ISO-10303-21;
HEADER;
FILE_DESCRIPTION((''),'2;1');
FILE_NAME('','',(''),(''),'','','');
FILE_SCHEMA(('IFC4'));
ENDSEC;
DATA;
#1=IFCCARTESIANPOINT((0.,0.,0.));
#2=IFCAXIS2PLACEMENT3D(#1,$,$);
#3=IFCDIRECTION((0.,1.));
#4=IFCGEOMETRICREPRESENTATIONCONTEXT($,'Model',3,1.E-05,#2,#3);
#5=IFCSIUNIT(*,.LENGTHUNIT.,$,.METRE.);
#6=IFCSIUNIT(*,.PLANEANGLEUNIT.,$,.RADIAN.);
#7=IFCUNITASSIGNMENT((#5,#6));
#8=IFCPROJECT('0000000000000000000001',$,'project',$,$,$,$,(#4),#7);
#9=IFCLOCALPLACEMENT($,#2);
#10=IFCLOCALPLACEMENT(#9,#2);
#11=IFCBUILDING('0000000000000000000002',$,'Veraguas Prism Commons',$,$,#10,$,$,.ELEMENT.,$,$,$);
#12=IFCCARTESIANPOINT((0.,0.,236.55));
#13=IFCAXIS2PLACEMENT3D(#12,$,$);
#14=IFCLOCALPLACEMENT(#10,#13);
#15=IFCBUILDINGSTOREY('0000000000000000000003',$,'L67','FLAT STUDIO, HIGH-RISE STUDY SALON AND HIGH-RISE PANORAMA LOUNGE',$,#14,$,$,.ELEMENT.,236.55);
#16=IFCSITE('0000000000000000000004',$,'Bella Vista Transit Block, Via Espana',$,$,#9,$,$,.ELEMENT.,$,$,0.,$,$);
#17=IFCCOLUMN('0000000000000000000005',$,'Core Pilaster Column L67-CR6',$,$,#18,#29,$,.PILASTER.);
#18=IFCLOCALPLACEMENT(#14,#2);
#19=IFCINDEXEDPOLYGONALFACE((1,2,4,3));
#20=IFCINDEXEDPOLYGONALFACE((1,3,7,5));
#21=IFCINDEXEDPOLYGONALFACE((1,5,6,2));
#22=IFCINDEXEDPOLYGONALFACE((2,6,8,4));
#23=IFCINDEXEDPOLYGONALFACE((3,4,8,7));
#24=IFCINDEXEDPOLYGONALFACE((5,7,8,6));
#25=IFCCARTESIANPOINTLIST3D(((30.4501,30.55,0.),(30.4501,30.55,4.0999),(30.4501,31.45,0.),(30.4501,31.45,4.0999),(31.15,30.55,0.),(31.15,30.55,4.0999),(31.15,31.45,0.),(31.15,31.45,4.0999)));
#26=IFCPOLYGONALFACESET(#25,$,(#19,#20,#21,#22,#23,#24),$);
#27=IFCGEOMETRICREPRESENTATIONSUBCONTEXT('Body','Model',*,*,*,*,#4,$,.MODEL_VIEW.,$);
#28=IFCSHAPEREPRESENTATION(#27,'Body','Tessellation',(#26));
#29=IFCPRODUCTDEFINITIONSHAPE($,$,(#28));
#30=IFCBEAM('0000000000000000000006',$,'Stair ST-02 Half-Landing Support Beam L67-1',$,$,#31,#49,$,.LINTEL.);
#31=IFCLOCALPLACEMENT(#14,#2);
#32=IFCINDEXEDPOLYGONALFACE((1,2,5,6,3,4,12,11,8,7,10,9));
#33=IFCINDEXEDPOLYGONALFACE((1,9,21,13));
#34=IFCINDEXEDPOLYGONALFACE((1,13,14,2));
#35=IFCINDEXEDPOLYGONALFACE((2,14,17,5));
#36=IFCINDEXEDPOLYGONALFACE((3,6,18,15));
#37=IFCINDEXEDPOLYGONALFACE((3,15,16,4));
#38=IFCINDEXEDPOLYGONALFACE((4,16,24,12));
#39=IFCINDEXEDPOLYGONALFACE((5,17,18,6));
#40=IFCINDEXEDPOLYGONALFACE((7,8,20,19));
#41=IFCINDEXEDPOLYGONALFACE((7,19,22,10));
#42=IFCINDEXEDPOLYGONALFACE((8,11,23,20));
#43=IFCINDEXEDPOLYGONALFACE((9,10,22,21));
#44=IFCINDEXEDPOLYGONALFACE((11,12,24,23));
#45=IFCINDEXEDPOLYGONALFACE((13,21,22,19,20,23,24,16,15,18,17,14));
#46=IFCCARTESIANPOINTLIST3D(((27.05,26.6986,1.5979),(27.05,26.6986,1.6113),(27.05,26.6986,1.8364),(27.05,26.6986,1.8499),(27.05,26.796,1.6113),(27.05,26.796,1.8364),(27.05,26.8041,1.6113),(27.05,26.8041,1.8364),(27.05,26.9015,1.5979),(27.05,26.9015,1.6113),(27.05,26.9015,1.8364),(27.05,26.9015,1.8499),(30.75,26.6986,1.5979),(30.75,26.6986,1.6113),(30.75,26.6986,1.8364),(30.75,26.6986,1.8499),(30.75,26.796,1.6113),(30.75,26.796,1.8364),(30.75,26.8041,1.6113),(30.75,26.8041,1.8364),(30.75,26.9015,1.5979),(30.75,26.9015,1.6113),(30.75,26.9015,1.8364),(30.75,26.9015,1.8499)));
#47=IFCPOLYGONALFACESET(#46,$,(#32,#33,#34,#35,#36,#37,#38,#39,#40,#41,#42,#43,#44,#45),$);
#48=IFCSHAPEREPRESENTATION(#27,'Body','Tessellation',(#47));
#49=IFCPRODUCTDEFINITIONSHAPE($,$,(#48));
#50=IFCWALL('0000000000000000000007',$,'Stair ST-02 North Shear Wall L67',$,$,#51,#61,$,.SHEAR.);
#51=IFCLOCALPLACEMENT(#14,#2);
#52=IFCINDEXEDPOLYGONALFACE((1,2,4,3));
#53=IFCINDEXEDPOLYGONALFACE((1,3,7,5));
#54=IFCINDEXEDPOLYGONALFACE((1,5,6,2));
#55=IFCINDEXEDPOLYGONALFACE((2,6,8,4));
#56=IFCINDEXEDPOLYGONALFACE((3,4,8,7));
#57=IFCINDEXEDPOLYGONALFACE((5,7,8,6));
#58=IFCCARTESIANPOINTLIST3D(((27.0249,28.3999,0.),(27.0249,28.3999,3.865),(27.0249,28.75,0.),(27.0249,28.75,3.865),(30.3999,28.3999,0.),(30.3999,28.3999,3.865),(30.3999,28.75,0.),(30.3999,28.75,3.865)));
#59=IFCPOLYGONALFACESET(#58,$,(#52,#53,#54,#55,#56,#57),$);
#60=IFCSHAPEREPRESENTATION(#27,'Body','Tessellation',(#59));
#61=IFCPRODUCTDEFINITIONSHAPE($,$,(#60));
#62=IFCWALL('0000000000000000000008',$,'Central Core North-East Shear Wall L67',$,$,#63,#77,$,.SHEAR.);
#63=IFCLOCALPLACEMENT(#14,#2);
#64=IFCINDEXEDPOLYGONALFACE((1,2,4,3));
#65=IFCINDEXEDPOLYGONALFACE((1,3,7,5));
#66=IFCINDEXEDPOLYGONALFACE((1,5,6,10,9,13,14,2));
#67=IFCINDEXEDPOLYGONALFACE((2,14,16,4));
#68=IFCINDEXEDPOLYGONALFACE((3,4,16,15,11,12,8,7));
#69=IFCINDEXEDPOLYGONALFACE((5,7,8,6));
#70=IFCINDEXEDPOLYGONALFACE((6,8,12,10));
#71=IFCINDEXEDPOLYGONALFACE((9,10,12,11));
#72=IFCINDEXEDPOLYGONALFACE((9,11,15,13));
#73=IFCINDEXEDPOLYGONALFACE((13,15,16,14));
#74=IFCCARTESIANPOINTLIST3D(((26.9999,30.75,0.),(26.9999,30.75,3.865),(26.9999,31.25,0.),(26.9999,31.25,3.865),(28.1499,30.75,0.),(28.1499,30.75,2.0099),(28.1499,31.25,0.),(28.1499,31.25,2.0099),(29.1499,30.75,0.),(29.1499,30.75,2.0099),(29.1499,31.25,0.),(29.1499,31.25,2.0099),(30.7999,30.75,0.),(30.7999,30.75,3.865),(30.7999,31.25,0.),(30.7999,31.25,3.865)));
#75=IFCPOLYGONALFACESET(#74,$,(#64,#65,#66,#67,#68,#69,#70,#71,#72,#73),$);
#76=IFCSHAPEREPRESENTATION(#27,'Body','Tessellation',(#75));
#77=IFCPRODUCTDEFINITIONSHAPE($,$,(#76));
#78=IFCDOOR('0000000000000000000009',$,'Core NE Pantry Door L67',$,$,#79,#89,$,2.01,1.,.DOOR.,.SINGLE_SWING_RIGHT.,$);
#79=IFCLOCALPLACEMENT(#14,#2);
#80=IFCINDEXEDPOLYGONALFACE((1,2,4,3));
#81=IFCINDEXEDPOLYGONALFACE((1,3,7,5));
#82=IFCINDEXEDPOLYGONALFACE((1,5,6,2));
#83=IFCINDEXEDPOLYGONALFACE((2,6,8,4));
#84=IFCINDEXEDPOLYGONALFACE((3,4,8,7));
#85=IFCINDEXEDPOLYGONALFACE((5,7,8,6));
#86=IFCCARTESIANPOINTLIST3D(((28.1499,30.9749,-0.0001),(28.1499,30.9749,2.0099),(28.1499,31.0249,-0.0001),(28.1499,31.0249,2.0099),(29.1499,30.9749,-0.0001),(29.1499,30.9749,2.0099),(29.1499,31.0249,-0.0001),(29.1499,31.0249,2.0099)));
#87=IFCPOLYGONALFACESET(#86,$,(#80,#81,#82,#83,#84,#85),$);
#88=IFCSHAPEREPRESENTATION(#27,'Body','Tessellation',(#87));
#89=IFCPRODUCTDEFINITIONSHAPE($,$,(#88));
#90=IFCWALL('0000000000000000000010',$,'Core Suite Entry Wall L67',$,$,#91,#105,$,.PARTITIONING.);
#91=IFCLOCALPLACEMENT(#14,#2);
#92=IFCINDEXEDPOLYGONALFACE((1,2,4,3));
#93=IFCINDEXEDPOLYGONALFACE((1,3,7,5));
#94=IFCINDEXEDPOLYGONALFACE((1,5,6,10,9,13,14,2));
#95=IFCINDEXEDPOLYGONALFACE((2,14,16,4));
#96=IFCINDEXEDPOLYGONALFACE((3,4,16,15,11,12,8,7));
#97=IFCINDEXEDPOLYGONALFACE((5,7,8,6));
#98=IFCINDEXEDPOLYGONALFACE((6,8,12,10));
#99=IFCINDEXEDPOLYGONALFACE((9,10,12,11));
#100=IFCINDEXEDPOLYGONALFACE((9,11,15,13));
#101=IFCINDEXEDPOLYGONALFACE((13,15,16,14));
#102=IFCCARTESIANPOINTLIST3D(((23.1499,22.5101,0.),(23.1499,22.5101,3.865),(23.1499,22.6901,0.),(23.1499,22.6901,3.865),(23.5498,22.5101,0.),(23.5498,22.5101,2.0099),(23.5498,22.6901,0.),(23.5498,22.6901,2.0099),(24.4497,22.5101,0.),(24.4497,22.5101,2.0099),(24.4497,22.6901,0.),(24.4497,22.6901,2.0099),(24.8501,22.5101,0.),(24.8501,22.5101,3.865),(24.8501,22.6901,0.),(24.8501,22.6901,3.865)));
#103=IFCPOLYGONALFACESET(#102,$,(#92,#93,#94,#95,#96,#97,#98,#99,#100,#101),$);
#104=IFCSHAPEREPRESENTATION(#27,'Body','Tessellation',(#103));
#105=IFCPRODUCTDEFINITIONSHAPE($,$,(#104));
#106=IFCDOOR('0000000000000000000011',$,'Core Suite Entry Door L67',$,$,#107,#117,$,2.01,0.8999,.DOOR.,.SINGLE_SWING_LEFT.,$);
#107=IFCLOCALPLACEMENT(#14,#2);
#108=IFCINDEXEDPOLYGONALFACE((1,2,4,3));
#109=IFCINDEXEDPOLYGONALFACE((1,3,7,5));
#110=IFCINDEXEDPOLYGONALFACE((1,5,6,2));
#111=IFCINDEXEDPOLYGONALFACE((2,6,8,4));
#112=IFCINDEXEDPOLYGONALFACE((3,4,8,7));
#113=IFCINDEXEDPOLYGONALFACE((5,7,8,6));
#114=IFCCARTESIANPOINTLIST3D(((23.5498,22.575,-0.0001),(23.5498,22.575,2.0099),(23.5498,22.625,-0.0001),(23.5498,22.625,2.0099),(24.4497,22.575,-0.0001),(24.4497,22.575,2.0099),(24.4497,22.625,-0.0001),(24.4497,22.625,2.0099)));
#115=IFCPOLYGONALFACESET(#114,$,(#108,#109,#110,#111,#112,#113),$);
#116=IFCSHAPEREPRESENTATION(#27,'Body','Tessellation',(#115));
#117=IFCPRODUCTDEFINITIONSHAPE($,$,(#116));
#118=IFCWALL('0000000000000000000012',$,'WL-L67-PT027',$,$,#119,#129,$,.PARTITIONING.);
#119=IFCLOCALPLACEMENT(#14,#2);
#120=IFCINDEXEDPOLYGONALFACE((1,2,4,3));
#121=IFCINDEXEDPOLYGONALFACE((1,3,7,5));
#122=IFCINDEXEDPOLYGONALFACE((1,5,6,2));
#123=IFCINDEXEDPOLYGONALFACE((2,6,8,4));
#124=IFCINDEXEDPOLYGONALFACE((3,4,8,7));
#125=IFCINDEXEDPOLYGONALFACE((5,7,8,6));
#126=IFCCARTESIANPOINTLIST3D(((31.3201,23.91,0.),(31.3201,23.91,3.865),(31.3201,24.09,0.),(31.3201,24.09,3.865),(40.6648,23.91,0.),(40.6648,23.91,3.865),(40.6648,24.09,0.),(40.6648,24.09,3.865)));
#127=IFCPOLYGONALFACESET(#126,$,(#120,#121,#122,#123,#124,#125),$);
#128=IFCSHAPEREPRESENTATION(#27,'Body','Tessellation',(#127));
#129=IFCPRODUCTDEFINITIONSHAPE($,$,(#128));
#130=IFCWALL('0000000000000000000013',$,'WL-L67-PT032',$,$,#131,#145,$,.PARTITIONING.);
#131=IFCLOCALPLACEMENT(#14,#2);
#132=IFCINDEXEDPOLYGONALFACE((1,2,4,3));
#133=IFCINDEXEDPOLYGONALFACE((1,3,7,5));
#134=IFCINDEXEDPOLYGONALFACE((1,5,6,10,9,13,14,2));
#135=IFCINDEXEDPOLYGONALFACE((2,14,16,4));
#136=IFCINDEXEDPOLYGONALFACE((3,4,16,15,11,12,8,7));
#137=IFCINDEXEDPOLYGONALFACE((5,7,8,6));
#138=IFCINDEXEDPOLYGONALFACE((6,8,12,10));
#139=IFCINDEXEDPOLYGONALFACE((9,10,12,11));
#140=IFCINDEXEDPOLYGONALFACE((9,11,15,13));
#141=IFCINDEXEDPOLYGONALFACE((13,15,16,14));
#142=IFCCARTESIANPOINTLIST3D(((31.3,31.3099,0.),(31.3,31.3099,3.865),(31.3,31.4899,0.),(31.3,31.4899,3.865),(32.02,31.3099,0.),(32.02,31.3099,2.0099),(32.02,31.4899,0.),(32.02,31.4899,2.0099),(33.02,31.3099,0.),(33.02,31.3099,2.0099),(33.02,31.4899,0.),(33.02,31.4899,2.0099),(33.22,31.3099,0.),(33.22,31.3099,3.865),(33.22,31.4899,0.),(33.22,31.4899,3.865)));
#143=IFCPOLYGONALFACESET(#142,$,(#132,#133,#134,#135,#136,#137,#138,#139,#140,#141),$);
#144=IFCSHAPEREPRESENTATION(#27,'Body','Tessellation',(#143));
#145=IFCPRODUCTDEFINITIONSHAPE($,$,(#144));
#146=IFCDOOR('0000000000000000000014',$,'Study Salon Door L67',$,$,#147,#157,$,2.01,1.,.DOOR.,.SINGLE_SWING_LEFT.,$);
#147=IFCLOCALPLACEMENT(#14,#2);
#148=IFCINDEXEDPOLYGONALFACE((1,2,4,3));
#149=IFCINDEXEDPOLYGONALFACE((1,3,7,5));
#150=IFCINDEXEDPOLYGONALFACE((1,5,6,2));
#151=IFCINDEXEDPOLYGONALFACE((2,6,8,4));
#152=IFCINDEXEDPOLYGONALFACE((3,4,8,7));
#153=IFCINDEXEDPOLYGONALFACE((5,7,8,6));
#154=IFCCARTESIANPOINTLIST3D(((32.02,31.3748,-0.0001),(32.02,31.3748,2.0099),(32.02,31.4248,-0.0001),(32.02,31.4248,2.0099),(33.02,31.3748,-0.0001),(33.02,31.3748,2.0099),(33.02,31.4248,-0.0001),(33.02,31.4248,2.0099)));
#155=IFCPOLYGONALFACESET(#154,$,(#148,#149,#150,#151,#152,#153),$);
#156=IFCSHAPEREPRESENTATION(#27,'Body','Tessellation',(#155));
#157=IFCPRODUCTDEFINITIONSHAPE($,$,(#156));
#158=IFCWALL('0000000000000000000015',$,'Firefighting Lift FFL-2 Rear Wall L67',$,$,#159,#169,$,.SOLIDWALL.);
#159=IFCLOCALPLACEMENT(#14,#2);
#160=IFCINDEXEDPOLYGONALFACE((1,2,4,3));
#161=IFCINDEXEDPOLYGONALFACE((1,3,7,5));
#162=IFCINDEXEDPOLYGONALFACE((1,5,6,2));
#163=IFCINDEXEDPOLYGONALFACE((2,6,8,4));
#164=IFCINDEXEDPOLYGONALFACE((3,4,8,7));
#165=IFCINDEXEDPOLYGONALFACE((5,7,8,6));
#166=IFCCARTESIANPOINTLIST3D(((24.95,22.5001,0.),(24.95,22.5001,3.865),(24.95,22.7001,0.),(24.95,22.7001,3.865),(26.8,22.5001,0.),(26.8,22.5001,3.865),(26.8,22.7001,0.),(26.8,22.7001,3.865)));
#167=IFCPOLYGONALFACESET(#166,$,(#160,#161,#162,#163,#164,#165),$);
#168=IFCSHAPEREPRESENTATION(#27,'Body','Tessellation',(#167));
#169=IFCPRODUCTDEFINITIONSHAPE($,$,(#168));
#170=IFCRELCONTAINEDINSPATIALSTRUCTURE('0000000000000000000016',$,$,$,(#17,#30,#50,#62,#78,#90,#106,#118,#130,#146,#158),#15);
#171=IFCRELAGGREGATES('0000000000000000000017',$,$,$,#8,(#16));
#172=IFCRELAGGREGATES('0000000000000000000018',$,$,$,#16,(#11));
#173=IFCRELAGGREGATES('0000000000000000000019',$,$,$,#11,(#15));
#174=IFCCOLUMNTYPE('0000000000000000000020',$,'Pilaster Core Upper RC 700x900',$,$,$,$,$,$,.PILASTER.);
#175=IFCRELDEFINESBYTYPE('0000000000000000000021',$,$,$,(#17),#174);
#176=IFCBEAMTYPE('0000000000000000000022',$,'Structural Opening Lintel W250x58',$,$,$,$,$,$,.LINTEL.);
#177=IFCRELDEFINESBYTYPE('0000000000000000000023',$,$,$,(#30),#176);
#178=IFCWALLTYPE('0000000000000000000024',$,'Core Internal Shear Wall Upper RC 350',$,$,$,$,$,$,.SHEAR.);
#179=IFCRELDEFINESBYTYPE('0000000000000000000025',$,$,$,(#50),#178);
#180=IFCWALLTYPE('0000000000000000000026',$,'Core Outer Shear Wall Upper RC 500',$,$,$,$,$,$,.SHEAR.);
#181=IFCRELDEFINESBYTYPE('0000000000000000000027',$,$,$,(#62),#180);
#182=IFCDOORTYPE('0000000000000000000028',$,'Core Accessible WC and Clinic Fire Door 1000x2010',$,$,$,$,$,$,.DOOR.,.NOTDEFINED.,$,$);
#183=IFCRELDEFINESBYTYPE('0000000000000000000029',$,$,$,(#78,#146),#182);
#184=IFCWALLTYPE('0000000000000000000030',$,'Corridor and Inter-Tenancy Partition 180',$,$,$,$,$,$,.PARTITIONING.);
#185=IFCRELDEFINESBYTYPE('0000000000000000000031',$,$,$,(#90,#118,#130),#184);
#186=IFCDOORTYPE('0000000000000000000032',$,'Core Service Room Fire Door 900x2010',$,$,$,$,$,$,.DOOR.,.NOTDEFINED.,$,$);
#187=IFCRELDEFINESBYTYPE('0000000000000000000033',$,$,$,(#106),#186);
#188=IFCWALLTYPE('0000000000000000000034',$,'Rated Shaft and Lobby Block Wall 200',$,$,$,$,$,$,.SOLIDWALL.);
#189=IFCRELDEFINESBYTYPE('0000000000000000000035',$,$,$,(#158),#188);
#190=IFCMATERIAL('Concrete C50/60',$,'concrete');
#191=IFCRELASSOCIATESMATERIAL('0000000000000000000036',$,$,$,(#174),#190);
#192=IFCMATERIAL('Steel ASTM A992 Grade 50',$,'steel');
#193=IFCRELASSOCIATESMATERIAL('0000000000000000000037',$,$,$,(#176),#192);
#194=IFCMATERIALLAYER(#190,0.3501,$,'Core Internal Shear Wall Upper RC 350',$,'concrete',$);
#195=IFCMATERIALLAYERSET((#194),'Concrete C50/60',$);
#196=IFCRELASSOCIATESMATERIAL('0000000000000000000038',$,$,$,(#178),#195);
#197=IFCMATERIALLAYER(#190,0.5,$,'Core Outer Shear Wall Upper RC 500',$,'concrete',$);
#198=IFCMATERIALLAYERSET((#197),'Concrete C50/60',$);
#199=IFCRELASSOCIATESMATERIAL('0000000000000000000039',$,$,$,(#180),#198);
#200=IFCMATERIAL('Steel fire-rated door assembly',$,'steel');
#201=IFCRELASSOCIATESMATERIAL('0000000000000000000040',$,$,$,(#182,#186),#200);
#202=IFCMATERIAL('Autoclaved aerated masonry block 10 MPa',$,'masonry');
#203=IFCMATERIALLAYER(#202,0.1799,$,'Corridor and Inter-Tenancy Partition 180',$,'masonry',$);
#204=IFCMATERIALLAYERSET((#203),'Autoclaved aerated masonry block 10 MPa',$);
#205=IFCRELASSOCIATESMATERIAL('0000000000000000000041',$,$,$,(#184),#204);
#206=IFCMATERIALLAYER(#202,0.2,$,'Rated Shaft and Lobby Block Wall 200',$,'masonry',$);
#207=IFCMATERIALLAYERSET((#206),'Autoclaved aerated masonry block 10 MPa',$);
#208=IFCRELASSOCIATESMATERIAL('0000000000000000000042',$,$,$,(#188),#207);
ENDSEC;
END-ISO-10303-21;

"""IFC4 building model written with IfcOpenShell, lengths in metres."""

from ifc_helpers import new_model, si_unit, direction, frame, frame_2d, origin, origin_2d, place, context, subcontext, project, spatial, rectangle, i_section, extrude, source, transform, mapped, material, layer, layer_set, material_profile, profile_set, type_object, element, fill, save


model = new_model("IFC4")

# Units and contexts
model_context = context("Model", 3, precision=1e-05, world=origin(), true_north=direction((0.0, 1.0)))
body_context = subcontext(model_context, "Body", "Model", "MODEL_VIEW")
ifc_project = project(units=[si_unit("LENGTHUNIT", "METRE"), si_unit("PLANEANGLEUNIT", "RADIAN")], contexts=[model_context])

# Site, building, storey
site_placement = place(None, origin())
site = spatial("IfcSite", under=ifc_project, at=site_placement, Name="Bella Vista Transit Block, Via Espana", CompositionType="ELEMENT", RefElevation=0.0)
building_placement = place(site_placement, origin())
building = spatial("IfcBuilding", under=site, at=building_placement, Name="Veraguas Prism Commons", CompositionType="ELEMENT")
storey_placement = place(building_placement, frame((0.0, 0.0, 236.55)))
storey = spatial("IfcBuildingStorey", under=building, at=storey_placement, Name="L67", Description="FLAT STUDIO, HIGH-RISE STUDY SALON AND HIGH-RISE PANORAMA LOUNGE", CompositionType="ELEMENT", Elevation=236.55)

# Column
ifc_material_1 = material(Name="Concrete C50/60", Category="concrete")
ifc_material_profile_1 = material_profile(ifc_material_1, rectangle(XDim=0.7, YDim=0.8999, at=origin_2d()), Name="RC700X900")
ifc_profile_set_1 = profile_set([ifc_material_profile_1], Name="Concrete C50/60")
column_type = type_object("IfcColumnType", Name="Pilaster Core Upper RC 700x900", PredefinedType="PILASTER", material=ifc_profile_set_1)
column_placement = place(storey_placement, frame((30.8, 31.0, 0.0), z_axis=(0.0, 0.0, 1.0), x_axis=(1.0, 0.0, 0.0)))
element("IfcColumn", 1, at=column_placement, inside=storey, type_object=column_type, Name="Core Pilaster Column L67-CR6", PredefinedType="PILASTER", context=body_context, shape_type="SweptSolid", body=[
    extrude(rectangle(XDim=0.7, YDim=0.8999, at=origin_2d()), origin(), (0.0, 0.0, 1.0), 4.0999),
])

# Beam
ifc_material_2 = material(Name="Steel ASTM A992 Grade 50", Category="steel")
ifc_material_profile_2 = material_profile(ifc_material_2, i_section(OverallWidth=0.2029, OverallDepth=0.252, WebThickness=0.0081, FlangeThickness=0.0134, at=origin_2d()), Name="W250X58")
ifc_profile_set_2 = profile_set([ifc_material_profile_2], Name="Steel ASTM A992 Grade 50")
beam_type = type_object("IfcBeamType", Name="Structural Opening Lintel W250x58", PredefinedType="LINTEL", material=ifc_profile_set_2)
beam_placement = place(storey_placement, frame((27.05, 26.8, 1.7239), z_axis=(1.0, 0.0, 0.0), x_axis=(0.0, 1.0, 0.0)))
element("IfcBeam", 2, at=beam_placement, inside=storey, type_object=beam_type, Name="Stair ST-02 Half-Landing Support Beam L67-1", PredefinedType="LINTEL", context=body_context, shape_type="SweptSolid", body=[
    extrude(i_section(OverallWidth=0.2029, OverallDepth=0.252, WebThickness=0.0081, FlangeThickness=0.0134, at=origin_2d()), origin(), (0.0, 0.0, 1.0), 3.7),
])

# Wall
ifc_layer_1 = layer(ifc_material_1, 0.3501, Name="Core Internal Shear Wall Upper RC 350", Category="concrete")
ifc_layer_set_1 = layer_set([ifc_layer_1], Name="Concrete C50/60")
wall_type_1 = type_object("IfcWallType", Name="Core Internal Shear Wall Upper RC 350", PredefinedType="SHEAR", material=ifc_layer_set_1)
wall_1_placement = place(storey_placement, frame((27.0249, 28.575, 0.0), z_axis=(0.0, 0.0, 1.0), x_axis=(1.0, 0.0, 0.0)))
element("IfcWall", 3, at=wall_1_placement, inside=storey, type_object=wall_type_1, Name="Stair ST-02 North Shear Wall L67", PredefinedType="SHEAR", context=body_context, shape_type="SweptSolid", body=[
    extrude(rectangle(XDim=3.375, YDim=0.3501, at=frame_2d((1.6875, 0.0))), origin(), (0.0, 0.0, 1.0), 3.865),
])

# Walls, openings, doors
ifc_layer_2 = layer(ifc_material_1, 0.5, Name="Core Outer Shear Wall Upper RC 500", Category="concrete")
ifc_layer_set_2 = layer_set([ifc_layer_2], Name="Concrete C50/60")
wall_type_2 = type_object("IfcWallType", Name="Core Outer Shear Wall Upper RC 500", PredefinedType="SHEAR", material=ifc_layer_set_2)
wall_2_placement = place(storey_placement, frame((27.0, 31.0, 0.0), z_axis=(0.0, 0.0, 1.0), x_axis=(1.0, 0.0, 0.0)))
wall_2 = element("IfcWall", 4, at=wall_2_placement, inside=storey, type_object=wall_type_2, Name="Central Core North-East Shear Wall L67", PredefinedType="SHEAR", context=body_context, shape_type="SweptSolid", body=[
    extrude(rectangle(XDim=3.8, YDim=0.5, at=frame_2d((1.8999, 0.0))), origin(), (0.0, 0.0, 1.0), 3.865),
])
opening_1_placement = place(wall_2_placement, frame((1.1499, 0.0, 0.0)))
opening_1 = element("IfcOpeningElement", 5, at=opening_1_placement, cuts=wall_2, PredefinedType="OPENING", context=body_context, shape_type="SweptSolid", body=[
    extrude(rectangle(XDim=1.0, YDim=2.01, at=frame_2d((0.5, 1.0049))), frame((0.0, 0.26, 0.0), z_axis=(0.0, -1.0, 0.0), x_axis=(1.0, 0.0, 0.0)), (0.0, 0.0, 1.0), 0.52),
])
ifc_material_3 = material(Name="Steel fire-rated door assembly", Category="steel")
door_type_1 = type_object("IfcDoorType", Name="Core Accessible WC and Clinic Fire Door 1000x2010", OperationType="NOTDEFINED", PredefinedType="DOOR", material=ifc_material_3)
shared_shape_1 = source(origin(), body_context, "Body", "SweptSolid", [
    extrude(rectangle(XDim=1.0, YDim=2.01, at=frame_2d((0.5, 1.0049))), frame((0.0, 0.0249, 0.0), z_axis=(0.0, -1.0, 0.0), x_axis=(1.0, 0.0, 0.0)), (0.0, 0.0, 1.0), 0.05),
])
door_1_placement = place(opening_1_placement, origin())
door_1 = element("IfcDoor", 6, at=door_1_placement, inside=storey, type_object=door_type_1, Name="Core NE Pantry Door L67", OperationType="SINGLE_SWING_RIGHT", OverallHeight=2.01, OverallWidth=1.0, PredefinedType="DOOR", context=body_context, shape_type="MappedRepresentation", body=[
    mapped(shared_shape_1, transform((0.0, 0.0, 0.0), scale=1.0)),
])
fill(opening_1, door_1)
ifc_material_4 = material(Name="Autoclaved aerated masonry block 10 MPa", Category="masonry")
ifc_layer_3 = layer(ifc_material_4, 0.1799, Name="Corridor and Inter-Tenancy Partition 180", Category="masonry")
ifc_layer_set_3 = layer_set([ifc_layer_3], Name="Autoclaved aerated masonry block 10 MPa")
wall_type_3 = type_object("IfcWallType", Name="Corridor and Inter-Tenancy Partition 180", PredefinedType="PARTITIONING", material=ifc_layer_set_3)
wall_3_placement = place(storey_placement, frame((23.1499, 22.6001, 0.0), z_axis=(0.0, 0.0, 1.0), x_axis=(1.0, 0.0, 0.0)))
wall_3 = element("IfcWall", 7, at=wall_3_placement, inside=storey, type_object=wall_type_3, Name="Core Suite Entry Wall L67", PredefinedType="PARTITIONING", context=body_context, shape_type="SweptSolid", body=[
    extrude(rectangle(XDim=1.7002, YDim=0.1799, at=frame_2d((0.8501, 0.0))), origin(), (0.0, 0.0, 1.0), 3.865),
])
opening_2_placement = place(wall_3_placement, frame((0.3999, 0.0, 0.0)))
opening_2 = element("IfcOpeningElement", 8, at=opening_2_placement, cuts=wall_3, PredefinedType="OPENING", context=body_context, shape_type="SweptSolid", body=[
    extrude(rectangle(XDim=0.8999, YDim=2.01, at=frame_2d((0.45, 1.0049))), frame((0.0, 0.0999, 0.0), z_axis=(0.0, -1.0, 0.0), x_axis=(1.0, 0.0, 0.0)), (0.0, 0.0, 1.0), 0.2),
])
door_type_2 = type_object("IfcDoorType", Name="Core Service Room Fire Door 900x2010", OperationType="NOTDEFINED", PredefinedType="DOOR", material=ifc_material_3)
shared_shape_2 = source(origin(), body_context, "Body", "SweptSolid", [
    extrude(rectangle(XDim=0.8999, YDim=2.01, at=frame_2d((0.45, 1.0049))), frame((0.0, 0.0249, 0.0), z_axis=(0.0, -1.0, 0.0), x_axis=(1.0, 0.0, 0.0)), (0.0, 0.0, 1.0), 0.05),
])
door_2_placement = place(opening_2_placement, origin())
door_2 = element("IfcDoor", 9, at=door_2_placement, inside=storey, type_object=door_type_2, Name="Core Suite Entry Door L67", OperationType="SINGLE_SWING_LEFT", OverallHeight=2.01, OverallWidth=0.8999, PredefinedType="DOOR", context=body_context, shape_type="MappedRepresentation", body=[
    mapped(shared_shape_2, transform((0.0, 0.0, 0.0), scale=1.0)),
])
fill(opening_2, door_2)

# Wall
wall_4_placement = place(storey_placement, frame((31.3201, 24.0, 0.0), z_axis=(0.0, 0.0, 1.0), x_axis=(1.0, 0.0, 0.0)))
element("IfcWall", 10, at=wall_4_placement, inside=storey, type_object=wall_type_3, Name="WL-L67-PT027", PredefinedType="PARTITIONING", context=body_context, shape_type="SweptSolid", body=[
    extrude(rectangle(XDim=9.3447, YDim=0.1799, at=frame_2d((4.6724, 0.0))), origin(), (0.0, 0.0, 1.0), 3.865),
])

# Wall, opening, door
wall_5_placement = place(storey_placement, frame((31.3, 31.3999, 0.0), z_axis=(0.0, 0.0, 1.0), x_axis=(1.0, 0.0, 0.0)))
wall_5 = element("IfcWall", 11, at=wall_5_placement, inside=storey, type_object=wall_type_3, Name="WL-L67-PT032", PredefinedType="PARTITIONING", context=body_context, shape_type="SweptSolid", body=[
    extrude(rectangle(XDim=1.9199, YDim=0.1799, at=frame_2d((0.96, 0.0))), origin(), (0.0, 0.0, 1.0), 3.865),
])
opening_3_placement = place(wall_5_placement, frame((0.72, 0.0, 0.0)))
opening_3 = element("IfcOpeningElement", 12, at=opening_3_placement, cuts=wall_5, PredefinedType="OPENING", context=body_context, shape_type="SweptSolid", body=[
    extrude(rectangle(XDim=1.0, YDim=2.01, at=frame_2d((0.5, 1.0049))), frame((0.0, 0.0999, 0.0), z_axis=(0.0, -1.0, 0.0), x_axis=(1.0, 0.0, 0.0)), (0.0, 0.0, 1.0), 0.2),
])
door_3_placement = place(opening_3_placement, origin())
door_3 = element("IfcDoor", 13, at=door_3_placement, inside=storey, type_object=door_type_1, Name="Study Salon Door L67", OperationType="SINGLE_SWING_LEFT", OverallHeight=2.01, OverallWidth=1.0, PredefinedType="DOOR", context=body_context, shape_type="MappedRepresentation", body=[
    mapped(shared_shape_1, transform((0.0, 0.0, 0.0), scale=1.0)),
])
fill(opening_3, door_3)

# Wall
ifc_layer_4 = layer(ifc_material_4, 0.2, Name="Rated Shaft and Lobby Block Wall 200", Category="masonry")
ifc_layer_set_4 = layer_set([ifc_layer_4], Name="Autoclaved aerated masonry block 10 MPa")
wall_type_4 = type_object("IfcWallType", Name="Rated Shaft and Lobby Block Wall 200", PredefinedType="SOLIDWALL", material=ifc_layer_set_4)
wall_6_placement = place(storey_placement, frame((24.95, 22.6001, 0.0), z_axis=(0.0, 0.0, 1.0), x_axis=(1.0, 0.0, 0.0)))
element("IfcWall", 14, at=wall_6_placement, inside=storey, type_object=wall_type_4, Name="Firefighting Lift FFL-2 Rear Wall L67", PredefinedType="SOLIDWALL", context=body_context, shape_type="SweptSolid", body=[
    extrude(rectangle(XDim=1.8501, YDim=0.2, at=frame_2d((0.925, 0.0))), origin(), (0.0, 0.0, 1.0), 3.865),
])

save(model, "model.ifc")
